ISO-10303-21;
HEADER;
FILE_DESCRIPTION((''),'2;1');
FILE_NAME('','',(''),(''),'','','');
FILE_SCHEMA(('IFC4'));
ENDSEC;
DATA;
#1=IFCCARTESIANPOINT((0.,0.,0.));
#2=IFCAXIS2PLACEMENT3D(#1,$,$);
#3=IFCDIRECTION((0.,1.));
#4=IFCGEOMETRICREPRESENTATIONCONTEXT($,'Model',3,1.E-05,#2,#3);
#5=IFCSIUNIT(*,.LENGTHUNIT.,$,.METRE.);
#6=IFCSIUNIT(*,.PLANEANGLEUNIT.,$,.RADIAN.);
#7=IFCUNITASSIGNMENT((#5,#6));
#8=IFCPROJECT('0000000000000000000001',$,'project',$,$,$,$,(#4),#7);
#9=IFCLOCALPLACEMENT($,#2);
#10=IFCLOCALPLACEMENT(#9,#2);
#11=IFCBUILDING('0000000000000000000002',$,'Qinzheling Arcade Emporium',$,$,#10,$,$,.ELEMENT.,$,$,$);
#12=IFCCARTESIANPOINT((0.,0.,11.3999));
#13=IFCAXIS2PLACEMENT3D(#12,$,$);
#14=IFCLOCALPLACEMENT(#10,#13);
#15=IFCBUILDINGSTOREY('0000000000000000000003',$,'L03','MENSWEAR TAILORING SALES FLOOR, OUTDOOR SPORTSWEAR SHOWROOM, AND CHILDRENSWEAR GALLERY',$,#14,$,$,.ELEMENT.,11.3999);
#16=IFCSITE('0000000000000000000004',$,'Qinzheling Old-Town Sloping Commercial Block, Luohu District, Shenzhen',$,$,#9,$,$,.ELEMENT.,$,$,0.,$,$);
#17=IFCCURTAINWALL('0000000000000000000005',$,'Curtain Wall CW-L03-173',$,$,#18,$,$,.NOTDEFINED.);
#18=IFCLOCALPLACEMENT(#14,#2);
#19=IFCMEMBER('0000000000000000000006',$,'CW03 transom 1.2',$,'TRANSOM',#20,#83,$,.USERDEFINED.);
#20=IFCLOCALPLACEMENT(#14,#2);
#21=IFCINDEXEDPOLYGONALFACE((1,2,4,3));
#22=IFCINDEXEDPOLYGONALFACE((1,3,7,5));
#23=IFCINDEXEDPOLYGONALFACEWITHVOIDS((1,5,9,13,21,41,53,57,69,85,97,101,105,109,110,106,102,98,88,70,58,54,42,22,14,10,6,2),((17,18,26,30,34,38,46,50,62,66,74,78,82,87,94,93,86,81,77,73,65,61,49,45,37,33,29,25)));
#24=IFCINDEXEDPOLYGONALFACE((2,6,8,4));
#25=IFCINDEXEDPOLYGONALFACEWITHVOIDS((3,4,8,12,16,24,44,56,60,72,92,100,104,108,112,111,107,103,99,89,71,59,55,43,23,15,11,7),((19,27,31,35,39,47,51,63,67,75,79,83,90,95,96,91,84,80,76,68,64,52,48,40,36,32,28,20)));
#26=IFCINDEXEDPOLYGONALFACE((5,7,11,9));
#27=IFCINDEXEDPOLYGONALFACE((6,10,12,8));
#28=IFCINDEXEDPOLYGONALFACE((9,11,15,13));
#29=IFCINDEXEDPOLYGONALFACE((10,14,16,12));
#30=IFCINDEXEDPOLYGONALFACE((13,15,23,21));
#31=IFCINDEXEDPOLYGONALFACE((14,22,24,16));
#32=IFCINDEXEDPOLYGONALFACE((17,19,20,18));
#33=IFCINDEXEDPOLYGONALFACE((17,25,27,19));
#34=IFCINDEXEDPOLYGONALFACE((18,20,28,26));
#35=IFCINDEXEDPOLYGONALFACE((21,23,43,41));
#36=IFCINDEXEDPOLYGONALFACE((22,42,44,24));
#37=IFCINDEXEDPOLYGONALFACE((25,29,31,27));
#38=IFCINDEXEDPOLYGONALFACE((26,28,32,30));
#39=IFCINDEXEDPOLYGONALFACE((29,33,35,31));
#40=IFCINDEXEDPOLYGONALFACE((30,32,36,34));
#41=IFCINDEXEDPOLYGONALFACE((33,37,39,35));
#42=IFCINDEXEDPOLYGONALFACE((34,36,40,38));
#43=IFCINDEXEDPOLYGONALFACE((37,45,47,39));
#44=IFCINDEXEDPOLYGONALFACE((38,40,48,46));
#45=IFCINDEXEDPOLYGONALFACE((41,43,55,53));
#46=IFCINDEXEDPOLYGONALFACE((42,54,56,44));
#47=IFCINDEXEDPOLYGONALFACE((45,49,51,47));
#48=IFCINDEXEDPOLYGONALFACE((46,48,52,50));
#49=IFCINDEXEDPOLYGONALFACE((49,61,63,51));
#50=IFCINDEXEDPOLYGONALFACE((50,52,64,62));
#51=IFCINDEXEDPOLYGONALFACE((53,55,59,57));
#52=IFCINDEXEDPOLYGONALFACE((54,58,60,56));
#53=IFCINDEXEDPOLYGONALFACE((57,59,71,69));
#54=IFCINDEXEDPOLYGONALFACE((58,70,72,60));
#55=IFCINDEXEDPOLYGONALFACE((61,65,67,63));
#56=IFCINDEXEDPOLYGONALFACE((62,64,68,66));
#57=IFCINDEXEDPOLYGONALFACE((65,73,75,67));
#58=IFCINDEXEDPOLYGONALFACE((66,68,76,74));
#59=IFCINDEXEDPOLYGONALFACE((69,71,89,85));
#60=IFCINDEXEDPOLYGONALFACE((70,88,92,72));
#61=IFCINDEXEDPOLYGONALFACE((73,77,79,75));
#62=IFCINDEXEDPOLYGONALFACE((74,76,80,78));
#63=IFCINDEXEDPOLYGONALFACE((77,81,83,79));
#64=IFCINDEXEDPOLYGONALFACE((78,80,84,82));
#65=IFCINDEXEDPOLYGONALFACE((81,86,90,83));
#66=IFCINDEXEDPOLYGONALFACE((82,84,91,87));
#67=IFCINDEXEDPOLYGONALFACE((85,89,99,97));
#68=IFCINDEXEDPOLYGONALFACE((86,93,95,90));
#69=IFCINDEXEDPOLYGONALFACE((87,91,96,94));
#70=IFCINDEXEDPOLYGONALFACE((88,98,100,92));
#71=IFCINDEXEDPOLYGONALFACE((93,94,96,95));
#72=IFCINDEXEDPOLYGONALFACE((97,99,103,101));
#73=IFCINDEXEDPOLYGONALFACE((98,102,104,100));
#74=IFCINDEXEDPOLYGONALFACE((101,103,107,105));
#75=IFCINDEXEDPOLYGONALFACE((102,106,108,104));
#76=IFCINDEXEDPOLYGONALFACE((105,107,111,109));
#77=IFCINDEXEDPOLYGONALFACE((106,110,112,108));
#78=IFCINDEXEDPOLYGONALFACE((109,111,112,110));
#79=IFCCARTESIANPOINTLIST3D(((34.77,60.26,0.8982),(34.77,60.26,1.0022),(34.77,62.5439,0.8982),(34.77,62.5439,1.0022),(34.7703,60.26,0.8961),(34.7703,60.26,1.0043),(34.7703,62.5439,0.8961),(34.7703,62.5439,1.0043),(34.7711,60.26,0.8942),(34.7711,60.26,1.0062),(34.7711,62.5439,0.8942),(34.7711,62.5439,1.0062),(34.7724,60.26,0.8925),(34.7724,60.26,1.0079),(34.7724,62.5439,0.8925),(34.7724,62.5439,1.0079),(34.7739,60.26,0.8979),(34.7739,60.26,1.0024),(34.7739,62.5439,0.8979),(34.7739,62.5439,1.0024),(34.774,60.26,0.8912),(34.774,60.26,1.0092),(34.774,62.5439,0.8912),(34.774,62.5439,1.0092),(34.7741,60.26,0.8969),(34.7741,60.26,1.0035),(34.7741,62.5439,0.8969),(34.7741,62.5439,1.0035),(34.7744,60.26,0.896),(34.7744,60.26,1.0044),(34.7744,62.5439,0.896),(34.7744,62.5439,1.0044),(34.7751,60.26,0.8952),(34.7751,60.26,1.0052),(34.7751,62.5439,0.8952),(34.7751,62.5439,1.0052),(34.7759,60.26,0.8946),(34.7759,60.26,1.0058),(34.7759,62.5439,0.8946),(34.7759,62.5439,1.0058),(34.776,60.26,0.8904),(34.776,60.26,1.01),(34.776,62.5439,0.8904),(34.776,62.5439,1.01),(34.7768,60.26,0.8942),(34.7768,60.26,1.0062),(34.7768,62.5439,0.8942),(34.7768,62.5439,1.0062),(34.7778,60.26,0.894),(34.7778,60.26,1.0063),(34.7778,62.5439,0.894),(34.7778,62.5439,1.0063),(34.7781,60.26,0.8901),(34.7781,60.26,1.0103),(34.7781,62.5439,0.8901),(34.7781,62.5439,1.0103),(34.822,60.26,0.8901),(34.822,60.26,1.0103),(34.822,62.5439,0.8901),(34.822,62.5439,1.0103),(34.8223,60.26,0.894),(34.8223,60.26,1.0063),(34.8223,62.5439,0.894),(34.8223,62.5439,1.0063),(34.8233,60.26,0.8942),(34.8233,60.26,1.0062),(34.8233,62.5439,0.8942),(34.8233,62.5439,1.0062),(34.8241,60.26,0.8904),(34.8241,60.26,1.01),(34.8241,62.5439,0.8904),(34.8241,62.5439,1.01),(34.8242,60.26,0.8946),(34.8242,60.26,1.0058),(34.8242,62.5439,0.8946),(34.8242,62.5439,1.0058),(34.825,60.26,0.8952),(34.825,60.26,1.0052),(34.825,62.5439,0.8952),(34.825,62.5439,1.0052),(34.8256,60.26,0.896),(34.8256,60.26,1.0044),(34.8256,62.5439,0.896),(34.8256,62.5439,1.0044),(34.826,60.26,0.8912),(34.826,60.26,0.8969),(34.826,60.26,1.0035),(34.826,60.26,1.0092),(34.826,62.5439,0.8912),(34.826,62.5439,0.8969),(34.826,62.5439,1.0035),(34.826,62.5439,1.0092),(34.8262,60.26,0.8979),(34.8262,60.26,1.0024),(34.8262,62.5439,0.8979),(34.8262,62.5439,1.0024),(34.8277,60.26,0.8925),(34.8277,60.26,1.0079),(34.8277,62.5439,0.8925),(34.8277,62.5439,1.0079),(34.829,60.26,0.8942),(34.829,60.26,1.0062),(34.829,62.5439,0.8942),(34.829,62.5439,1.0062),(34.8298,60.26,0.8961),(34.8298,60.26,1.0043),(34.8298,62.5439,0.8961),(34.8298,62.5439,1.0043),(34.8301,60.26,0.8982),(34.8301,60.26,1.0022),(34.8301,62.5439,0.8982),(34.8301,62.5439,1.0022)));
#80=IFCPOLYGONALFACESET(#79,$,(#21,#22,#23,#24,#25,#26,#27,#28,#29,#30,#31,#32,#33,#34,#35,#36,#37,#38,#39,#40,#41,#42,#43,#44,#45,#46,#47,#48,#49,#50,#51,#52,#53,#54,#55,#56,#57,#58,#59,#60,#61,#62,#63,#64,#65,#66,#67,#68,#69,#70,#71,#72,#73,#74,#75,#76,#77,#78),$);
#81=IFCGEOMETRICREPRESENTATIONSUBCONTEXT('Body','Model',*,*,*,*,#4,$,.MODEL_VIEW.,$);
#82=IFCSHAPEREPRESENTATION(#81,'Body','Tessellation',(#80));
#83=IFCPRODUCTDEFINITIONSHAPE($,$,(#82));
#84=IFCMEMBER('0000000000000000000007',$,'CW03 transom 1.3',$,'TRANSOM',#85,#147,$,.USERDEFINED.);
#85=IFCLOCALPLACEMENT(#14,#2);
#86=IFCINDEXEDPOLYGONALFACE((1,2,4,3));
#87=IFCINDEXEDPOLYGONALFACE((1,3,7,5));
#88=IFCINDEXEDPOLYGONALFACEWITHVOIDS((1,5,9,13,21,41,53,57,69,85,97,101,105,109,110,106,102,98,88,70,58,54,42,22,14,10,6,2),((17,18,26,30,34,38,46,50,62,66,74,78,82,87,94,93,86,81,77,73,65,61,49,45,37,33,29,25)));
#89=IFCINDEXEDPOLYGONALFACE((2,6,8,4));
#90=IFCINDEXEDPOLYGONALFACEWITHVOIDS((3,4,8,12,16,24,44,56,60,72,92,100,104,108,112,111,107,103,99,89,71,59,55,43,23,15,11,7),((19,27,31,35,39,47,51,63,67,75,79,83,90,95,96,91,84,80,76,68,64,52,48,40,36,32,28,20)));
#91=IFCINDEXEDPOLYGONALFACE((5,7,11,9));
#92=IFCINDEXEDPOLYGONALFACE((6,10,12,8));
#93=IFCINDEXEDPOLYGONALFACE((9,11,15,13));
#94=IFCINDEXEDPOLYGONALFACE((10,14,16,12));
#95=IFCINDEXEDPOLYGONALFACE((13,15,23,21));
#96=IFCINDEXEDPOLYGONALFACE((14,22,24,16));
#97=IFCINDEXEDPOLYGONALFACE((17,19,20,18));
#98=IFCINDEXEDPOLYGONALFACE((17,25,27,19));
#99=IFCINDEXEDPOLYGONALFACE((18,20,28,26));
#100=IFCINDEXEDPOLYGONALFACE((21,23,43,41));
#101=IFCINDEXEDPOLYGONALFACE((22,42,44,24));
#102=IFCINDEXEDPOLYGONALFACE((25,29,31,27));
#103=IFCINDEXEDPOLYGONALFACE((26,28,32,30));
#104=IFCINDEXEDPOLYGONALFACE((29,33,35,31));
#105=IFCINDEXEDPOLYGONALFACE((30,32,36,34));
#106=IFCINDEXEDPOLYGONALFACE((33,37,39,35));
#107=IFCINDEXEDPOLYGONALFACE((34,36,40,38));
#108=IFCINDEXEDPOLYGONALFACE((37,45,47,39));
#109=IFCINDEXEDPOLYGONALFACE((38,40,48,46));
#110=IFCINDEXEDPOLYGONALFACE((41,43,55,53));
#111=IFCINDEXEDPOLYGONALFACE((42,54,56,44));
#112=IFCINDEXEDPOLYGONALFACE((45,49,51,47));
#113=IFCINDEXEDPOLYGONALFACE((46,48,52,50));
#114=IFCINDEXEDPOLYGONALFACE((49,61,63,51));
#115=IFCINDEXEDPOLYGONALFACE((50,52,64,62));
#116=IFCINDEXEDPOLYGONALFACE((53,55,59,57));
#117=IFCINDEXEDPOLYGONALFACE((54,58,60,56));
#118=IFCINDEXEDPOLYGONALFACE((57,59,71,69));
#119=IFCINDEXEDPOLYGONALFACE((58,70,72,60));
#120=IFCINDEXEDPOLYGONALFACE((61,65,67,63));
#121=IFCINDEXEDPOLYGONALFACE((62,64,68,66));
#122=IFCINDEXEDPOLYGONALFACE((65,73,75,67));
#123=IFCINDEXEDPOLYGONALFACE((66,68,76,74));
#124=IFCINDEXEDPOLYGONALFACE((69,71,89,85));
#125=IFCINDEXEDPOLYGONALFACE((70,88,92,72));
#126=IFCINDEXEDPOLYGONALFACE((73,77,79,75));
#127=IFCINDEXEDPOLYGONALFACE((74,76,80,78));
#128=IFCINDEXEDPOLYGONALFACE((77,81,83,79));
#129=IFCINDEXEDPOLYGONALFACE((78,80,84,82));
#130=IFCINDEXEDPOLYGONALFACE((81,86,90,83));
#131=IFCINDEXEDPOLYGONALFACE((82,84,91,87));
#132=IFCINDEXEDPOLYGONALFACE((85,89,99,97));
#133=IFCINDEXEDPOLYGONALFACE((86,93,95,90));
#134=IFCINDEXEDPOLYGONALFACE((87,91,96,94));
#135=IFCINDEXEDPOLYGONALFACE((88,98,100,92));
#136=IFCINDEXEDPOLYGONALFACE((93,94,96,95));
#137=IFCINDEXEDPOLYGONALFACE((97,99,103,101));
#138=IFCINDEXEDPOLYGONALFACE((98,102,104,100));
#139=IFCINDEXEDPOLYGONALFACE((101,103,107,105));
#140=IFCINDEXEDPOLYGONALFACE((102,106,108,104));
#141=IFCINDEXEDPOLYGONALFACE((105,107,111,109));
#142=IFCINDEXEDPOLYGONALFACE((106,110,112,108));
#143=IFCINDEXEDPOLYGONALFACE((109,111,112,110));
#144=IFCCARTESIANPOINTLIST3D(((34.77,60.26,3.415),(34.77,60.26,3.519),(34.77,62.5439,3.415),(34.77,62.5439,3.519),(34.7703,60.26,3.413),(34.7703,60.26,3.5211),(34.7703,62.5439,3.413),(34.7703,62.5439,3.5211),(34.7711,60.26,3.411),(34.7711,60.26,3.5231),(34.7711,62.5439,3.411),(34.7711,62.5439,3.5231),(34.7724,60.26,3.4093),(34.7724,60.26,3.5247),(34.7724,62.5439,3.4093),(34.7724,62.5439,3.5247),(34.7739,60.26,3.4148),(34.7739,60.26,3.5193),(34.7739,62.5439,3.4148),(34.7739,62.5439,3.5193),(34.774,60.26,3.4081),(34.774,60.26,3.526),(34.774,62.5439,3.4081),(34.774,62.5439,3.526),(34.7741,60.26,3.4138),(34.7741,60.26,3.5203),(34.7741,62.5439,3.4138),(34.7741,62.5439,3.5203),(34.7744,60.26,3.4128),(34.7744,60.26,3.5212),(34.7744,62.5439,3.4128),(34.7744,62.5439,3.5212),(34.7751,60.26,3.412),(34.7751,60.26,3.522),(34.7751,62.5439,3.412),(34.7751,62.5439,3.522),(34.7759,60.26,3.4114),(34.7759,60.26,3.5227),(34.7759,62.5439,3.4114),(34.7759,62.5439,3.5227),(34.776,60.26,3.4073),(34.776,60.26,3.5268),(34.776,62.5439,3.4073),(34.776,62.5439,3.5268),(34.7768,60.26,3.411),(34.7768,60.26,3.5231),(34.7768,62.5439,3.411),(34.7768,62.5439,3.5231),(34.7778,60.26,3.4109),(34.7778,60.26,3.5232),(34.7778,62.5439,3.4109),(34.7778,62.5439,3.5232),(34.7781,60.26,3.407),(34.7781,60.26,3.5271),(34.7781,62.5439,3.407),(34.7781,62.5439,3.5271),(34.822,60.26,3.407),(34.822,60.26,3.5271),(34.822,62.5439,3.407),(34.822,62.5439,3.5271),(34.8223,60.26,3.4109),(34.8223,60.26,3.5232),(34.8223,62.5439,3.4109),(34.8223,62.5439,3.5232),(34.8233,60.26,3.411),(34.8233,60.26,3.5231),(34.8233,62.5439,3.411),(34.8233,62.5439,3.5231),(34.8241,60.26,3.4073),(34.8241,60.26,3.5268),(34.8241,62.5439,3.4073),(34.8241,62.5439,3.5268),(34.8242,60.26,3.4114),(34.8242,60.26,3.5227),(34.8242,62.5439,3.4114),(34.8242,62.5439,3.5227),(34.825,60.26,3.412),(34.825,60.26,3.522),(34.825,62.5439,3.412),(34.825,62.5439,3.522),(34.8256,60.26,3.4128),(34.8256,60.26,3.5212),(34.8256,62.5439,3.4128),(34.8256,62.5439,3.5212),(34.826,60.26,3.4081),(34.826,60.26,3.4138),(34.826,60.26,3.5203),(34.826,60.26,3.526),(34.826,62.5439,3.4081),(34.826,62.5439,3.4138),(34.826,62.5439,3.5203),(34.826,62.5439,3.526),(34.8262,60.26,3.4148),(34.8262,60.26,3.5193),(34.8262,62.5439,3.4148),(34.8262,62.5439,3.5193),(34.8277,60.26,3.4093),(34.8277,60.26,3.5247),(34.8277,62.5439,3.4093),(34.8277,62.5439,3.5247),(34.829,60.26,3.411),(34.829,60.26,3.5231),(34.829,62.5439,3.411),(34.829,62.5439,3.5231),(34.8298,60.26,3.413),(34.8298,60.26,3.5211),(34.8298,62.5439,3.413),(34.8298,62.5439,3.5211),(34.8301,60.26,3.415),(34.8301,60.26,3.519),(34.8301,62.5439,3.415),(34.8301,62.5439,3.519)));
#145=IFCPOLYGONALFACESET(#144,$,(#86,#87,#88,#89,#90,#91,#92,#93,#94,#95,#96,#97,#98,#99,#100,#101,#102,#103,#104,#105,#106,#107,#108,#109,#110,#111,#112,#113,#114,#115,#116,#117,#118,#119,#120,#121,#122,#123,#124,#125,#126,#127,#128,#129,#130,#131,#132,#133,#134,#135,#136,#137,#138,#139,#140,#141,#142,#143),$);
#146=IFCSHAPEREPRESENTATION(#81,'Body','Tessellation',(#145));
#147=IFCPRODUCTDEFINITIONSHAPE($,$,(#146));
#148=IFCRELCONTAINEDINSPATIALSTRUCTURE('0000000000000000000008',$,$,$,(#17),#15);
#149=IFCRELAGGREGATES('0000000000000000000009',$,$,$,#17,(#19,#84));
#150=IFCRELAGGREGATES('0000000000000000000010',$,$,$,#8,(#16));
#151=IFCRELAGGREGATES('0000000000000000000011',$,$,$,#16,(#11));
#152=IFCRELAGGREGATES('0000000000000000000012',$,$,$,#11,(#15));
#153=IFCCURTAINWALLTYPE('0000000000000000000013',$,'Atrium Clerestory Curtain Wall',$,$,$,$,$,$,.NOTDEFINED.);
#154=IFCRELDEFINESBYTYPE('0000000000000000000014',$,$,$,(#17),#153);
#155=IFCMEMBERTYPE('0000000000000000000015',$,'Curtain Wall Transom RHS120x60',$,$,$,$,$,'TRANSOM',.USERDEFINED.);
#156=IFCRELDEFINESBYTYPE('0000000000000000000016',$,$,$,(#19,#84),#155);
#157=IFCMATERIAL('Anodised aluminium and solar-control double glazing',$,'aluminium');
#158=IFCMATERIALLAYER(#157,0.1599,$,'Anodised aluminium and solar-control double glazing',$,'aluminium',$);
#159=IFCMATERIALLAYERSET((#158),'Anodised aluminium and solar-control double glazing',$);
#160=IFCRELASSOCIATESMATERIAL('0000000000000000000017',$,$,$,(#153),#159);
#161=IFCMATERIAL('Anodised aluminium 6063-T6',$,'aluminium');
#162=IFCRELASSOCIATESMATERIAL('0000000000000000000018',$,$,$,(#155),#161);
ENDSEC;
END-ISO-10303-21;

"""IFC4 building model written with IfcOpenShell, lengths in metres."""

from ifc_helpers import new_model, si_unit, direction, frame, origin, origin_2d, place, context, subcontext, project, spatial, hollow_rectangle, extrude, material, layer, layer_set, material_profile, profile_set, type_object, element, aggregate, save


model = new_model("IFC4")

# Units and contexts
model_context = context("Model", 3, precision=1e-05, world=origin(), true_north=direction((0.0, 1.0)))
body_context = subcontext(model_context, "Body", "Model", "MODEL_VIEW")
ifc_project = project(units=[si_unit("LENGTHUNIT", "METRE"), si_unit("PLANEANGLEUNIT", "RADIAN")], contexts=[model_context])

# Site, building, storey
site_placement = place(None, origin())
site = spatial("IfcSite", under=ifc_project, at=site_placement, Name="Qinzheling Old-Town Sloping Commercial Block, Luohu District, Shenzhen", CompositionType="ELEMENT", RefElevation=0.0)
building_placement = place(site_placement, origin())
building = spatial("IfcBuilding", under=site, at=building_placement, Name="Qinzheling Arcade Emporium", CompositionType="ELEMENT")
storey_placement = place(building_placement, frame((0.0, 0.0, 11.3999)))
storey = spatial("IfcBuildingStorey", under=building, at=storey_placement, Name="L03", Description="MENSWEAR TAILORING SALES FLOOR, OUTDOOR SPORTSWEAR SHOWROOM, AND CHILDRENSWEAR GALLERY", CompositionType="ELEMENT", Elevation=11.3999)

# Curtain wall, members
ifc_material_1 = material(Name="Anodised aluminium and solar-control double glazing", Category="aluminium")
ifc_layer_1 = layer(ifc_material_1, 0.1599, Name="Anodised aluminium and solar-control double glazing", Category="aluminium")
ifc_layer_set_1 = layer_set([ifc_layer_1], Name="Anodised aluminium and solar-control double glazing")
curtain_wall_type = type_object("IfcCurtainWallType", Name="Atrium Clerestory Curtain Wall", PredefinedType="NOTDEFINED", material=ifc_layer_set_1)
curtain_wall_placement = place(storey_placement, origin())
curtain_wall = element("IfcCurtainWall", 1, at=curtain_wall_placement, inside=storey, type_object=curtain_wall_type, Name="Curtain Wall CW-L03-173", PredefinedType="NOTDEFINED")
ifc_material_2 = material(Name="Anodised aluminium 6063-T6", Category="aluminium")
ifc_material_profile_1 = material_profile(ifc_material_2, hollow_rectangle(XDim=0.0601, YDim=0.1201, WallThickness=0.0039, InnerFilletRadius=0.0039, OuterFilletRadius=0.0081, at=origin_2d()), Name="RHS 120x60x4", Category="aluminium")
ifc_profile_set_1 = profile_set([ifc_material_profile_1], Name="Anodised aluminium 6063-T6")
member_type_1 = type_object("IfcMemberType", Name="Curtain Wall Transom RHS120x60", ElementType="TRANSOM", PredefinedType="USERDEFINED", material=ifc_profile_set_1)
member_1_placement = place(storey_placement, frame((34.8, 60.26, 0.9502), z_axis=(0.0, 1.0, 0.0), x_axis=(-1.0, 0.0, 0.0)))
member_1 = element("IfcMember", 2, at=member_1_placement, type_object=member_type_1, Name="CW03 transom 1.2", ObjectType="TRANSOM", PredefinedType="USERDEFINED", context=body_context, shape_type="SweptSolid", body=[
    extrude(hollow_rectangle(XDim=0.0601, YDim=0.1201, WallThickness=0.0039, InnerFilletRadius=0.0039, OuterFilletRadius=0.0081, at=origin_2d()), origin(), (0.0, 0.0, 1.0), 2.2839),
])
member_2_placement = place(storey_placement, frame((34.8, 60.26, 3.467), z_axis=(0.0, 1.0, 0.0), x_axis=(-1.0, 0.0, 0.0)))
member_2 = element("IfcMember", 3, at=member_2_placement, type_object=member_type_1, Name="CW03 transom 1.3", ObjectType="TRANSOM", PredefinedType="USERDEFINED", context=body_context, shape_type="SweptSolid", body=[
    extrude(hollow_rectangle(XDim=0.0601, YDim=0.1201, WallThickness=0.0039, InnerFilletRadius=0.0039, OuterFilletRadius=0.0081, at=origin_2d()), origin(), (0.0, 0.0, 1.0), 2.2839),
])
aggregate(curtain_wall, [member_1, member_2])

save(model, "model.ifc")
